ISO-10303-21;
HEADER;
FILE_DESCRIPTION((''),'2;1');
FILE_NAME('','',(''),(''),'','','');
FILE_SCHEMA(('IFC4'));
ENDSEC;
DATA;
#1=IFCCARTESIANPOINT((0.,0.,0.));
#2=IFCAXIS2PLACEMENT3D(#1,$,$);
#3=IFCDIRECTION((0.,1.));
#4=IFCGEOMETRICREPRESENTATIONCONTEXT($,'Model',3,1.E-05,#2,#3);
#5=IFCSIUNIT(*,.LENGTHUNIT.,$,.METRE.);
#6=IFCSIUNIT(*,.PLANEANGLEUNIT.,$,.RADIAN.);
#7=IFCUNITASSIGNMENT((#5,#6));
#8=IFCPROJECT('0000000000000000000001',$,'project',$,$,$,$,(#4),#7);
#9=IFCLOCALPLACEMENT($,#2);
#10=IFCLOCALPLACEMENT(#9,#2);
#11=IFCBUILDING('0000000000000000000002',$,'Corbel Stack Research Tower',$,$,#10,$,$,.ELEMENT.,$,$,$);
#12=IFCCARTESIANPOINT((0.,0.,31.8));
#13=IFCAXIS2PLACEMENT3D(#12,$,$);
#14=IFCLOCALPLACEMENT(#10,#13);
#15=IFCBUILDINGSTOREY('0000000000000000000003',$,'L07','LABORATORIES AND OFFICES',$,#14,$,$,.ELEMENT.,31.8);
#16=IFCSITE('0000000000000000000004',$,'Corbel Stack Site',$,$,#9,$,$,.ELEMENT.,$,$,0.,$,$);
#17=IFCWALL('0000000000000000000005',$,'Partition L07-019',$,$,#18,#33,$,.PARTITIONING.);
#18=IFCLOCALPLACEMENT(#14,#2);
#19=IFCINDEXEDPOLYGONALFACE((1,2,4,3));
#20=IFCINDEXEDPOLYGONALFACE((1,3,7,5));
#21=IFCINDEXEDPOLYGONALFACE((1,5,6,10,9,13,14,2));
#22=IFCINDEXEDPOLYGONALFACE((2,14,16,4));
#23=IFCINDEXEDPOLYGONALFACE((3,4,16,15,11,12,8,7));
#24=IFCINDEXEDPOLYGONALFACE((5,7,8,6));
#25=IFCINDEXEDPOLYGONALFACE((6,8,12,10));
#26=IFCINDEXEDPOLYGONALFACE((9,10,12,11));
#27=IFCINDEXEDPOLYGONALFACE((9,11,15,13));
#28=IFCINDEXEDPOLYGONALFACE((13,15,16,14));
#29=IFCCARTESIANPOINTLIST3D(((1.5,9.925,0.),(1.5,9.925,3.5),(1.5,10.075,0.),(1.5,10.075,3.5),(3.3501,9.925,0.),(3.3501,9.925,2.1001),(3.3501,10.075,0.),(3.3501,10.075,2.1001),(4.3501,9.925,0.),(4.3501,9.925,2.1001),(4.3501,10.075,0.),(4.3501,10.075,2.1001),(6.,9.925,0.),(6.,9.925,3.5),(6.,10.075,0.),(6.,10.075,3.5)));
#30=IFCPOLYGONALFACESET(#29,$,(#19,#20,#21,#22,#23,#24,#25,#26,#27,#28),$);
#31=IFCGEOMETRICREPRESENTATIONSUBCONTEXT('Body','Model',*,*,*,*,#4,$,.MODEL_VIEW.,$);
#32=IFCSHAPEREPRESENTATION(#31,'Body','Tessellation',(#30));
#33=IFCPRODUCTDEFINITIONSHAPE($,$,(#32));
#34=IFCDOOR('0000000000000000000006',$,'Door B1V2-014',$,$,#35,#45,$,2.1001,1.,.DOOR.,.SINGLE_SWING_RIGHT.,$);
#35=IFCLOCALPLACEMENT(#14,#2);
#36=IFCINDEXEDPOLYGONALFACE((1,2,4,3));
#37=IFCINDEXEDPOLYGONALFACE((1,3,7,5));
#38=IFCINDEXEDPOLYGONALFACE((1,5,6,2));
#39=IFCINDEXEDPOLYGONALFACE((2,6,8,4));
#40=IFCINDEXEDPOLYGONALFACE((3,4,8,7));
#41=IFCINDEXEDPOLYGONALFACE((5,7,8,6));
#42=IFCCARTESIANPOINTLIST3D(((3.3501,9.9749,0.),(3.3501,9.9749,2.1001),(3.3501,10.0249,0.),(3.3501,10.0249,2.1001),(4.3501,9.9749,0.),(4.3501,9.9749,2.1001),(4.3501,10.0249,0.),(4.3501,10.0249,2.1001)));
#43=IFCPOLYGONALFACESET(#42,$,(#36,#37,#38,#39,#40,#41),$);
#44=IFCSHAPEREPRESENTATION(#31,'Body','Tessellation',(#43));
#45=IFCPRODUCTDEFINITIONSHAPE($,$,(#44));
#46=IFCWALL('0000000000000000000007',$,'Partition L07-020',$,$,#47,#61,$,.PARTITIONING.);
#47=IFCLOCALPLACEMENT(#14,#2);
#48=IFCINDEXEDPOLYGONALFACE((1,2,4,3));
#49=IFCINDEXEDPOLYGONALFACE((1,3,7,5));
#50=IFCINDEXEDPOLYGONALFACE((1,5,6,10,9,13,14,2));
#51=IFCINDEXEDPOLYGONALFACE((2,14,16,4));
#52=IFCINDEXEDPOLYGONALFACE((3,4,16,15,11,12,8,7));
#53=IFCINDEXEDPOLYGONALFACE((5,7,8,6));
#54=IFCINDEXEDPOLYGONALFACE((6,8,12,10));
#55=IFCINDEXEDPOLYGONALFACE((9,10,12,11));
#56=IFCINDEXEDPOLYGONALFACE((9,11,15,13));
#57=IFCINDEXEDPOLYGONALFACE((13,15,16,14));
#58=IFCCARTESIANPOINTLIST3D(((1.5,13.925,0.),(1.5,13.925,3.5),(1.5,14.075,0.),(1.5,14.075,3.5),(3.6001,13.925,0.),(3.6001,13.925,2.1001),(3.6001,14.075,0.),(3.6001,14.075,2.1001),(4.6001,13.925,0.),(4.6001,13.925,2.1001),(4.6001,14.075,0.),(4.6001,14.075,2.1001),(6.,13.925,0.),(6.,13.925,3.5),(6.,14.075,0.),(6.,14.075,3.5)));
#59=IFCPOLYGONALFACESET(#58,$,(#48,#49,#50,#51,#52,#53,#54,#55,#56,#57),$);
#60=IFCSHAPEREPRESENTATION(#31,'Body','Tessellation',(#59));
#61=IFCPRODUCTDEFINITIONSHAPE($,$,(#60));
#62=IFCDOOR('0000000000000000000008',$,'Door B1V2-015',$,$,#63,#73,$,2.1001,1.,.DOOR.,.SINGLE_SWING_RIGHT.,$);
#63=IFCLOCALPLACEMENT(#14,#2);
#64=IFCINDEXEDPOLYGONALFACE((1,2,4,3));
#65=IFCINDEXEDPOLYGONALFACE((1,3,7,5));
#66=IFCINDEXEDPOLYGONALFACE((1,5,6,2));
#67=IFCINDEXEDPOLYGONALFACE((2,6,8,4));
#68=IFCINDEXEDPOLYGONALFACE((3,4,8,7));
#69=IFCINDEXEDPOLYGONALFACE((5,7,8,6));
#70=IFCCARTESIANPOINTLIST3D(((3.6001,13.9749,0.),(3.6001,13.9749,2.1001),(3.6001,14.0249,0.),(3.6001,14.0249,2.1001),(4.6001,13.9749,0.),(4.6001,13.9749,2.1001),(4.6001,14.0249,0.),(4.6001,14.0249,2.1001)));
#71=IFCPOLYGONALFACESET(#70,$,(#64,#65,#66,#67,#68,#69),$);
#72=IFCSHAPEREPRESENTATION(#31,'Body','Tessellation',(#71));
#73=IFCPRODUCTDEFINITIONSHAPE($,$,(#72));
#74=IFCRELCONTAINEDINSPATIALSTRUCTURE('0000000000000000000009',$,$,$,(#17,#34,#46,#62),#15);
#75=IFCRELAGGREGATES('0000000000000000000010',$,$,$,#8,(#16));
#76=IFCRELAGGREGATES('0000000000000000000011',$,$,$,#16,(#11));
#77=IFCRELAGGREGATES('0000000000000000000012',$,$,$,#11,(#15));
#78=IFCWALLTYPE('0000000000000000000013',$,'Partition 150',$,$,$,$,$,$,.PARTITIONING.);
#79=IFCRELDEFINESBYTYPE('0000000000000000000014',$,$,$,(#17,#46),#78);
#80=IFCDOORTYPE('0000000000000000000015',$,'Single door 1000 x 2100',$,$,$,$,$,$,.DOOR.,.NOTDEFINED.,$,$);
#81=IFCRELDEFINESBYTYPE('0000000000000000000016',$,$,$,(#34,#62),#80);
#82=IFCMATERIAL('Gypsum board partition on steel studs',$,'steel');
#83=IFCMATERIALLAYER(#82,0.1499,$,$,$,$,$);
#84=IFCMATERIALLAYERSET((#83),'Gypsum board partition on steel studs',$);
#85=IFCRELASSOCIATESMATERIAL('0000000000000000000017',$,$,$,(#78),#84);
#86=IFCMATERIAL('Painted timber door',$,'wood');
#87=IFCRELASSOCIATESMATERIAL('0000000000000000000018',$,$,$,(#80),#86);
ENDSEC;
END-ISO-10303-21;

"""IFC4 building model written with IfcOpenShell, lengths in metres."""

from ifc_helpers import new_model, si_unit, direction, frame, frame_2d, origin, place, context, subcontext, project, spatial, rectangle, extrude, material, layer, layer_set, type_object, element, fill, save


model = new_model("IFC4")

# Units and contexts
model_context = context("Model", 3, precision=1e-05, world=origin(), true_north=direction((0.0, 1.0)))
body_context = subcontext(model_context, "Body", "Model", "MODEL_VIEW")
ifc_project = project(units=[si_unit("LENGTHUNIT", "METRE"), si_unit("PLANEANGLEUNIT", "RADIAN")], contexts=[model_context])

# Site, building, storey
site_placement = place(None, origin())
site = spatial("IfcSite", under=ifc_project, at=site_placement, Name="Corbel Stack Site", CompositionType="ELEMENT", RefElevation=0.0)
building_placement = place(site_placement, origin())
building = spatial("IfcBuilding", under=site, at=building_placement, Name="Corbel Stack Research Tower", CompositionType="ELEMENT")
storey_placement = place(building_placement, frame((0.0, 0.0, 31.8)))
storey = spatial("IfcBuildingStorey", under=building, at=storey_placement, Name="L07", Description="LABORATORIES AND OFFICES", CompositionType="ELEMENT", Elevation=31.8)

# Walls, openings, doors
ifc_material_1 = material(Name="Gypsum board partition on steel studs", Category="steel")
ifc_layer_1 = layer(ifc_material_1, 0.1499)
ifc_layer_set_1 = layer_set([ifc_layer_1], Name="Gypsum board partition on steel studs")
wall_type_1 = type_object("IfcWallType", Name="Partition 150", PredefinedType="PARTITIONING", material=ifc_layer_set_1)
wall_1_placement = place(storey_placement, frame((1.5, 10.0, 0.0), z_axis=(0.0, 0.0, 1.0), x_axis=(1.0, 0.0, 0.0)))
wall_1 = element("IfcWall", 1, at=wall_1_placement, inside=storey, type_object=wall_type_1, Name="Partition L07-019", PredefinedType="PARTITIONING", context=body_context, shape_type="SweptSolid", body=[
    extrude(rectangle(XDim=4.5, YDim=0.1499, at=frame_2d((2.25, 0.0))), origin(), (0.0, 0.0, 1.0), 3.5),
])
opening_1_placement = place(wall_1_placement, frame((1.8501, 0.0, 0.0)))
opening_1 = element("IfcOpeningElement", 2, at=opening_1_placement, cuts=wall_1, PredefinedType="OPENING", context=body_context, shape_type="SweptSolid", body=[
    extrude(rectangle(XDim=1.0, YDim=2.1001, at=frame_2d((0.5, 1.05))), frame((0.0, 0.085, 0.0), z_axis=(0.0, -1.0, 0.0), x_axis=(1.0, 0.0, 0.0)), (0.0, 0.0, 1.0), 0.1699),
])
ifc_material_2 = material(Name="Painted timber door", Category="wood")
door_type_1 = type_object("IfcDoorType", Name="Single door 1000 x 2100", OperationType="NOTDEFINED", PredefinedType="DOOR", material=ifc_material_2)
door_1_placement = place(opening_1_placement, origin())
door_1 = element("IfcDoor", 3, at=door_1_placement, inside=storey, type_object=door_type_1, Name="Door B1V2-014", OperationType="SINGLE_SWING_RIGHT", OverallHeight=2.1001, OverallWidth=1.0, PredefinedType="DOOR", context=body_context, shape_type="SweptSolid", body=[
    extrude(rectangle(XDim=1.0, YDim=2.1001, at=frame_2d((0.5, 1.05))), frame((0.0, 0.0249, 0.0), z_axis=(0.0, -1.0, 0.0), x_axis=(1.0, 0.0, 0.0)), (0.0, 0.0, 1.0), 0.05),
])
fill(opening_1, door_1)
wall_2_placement = place(storey_placement, frame((1.5, 14.0, 0.0), z_axis=(0.0, 0.0, 1.0), x_axis=(1.0, 0.0, 0.0)))
wall_2 = element("IfcWall", 4, at=wall_2_placement, inside=storey, type_object=wall_type_1, Name="Partition L07-020", PredefinedType="PARTITIONING", context=body_context, shape_type="SweptSolid", body=[
    extrude(rectangle(XDim=4.5, YDim=0.1499, at=frame_2d((2.25, 0.0))), origin(), (0.0, 0.0, 1.0), 3.5),
])
opening_2_placement = place(wall_2_placement, frame((2.1001, 0.0, 0.0)))
opening_2 = element("IfcOpeningElement", 5, at=opening_2_placement, cuts=wall_2, PredefinedType="OPENING", context=body_context, shape_type="SweptSolid", body=[
    extrude(rectangle(XDim=1.0, YDim=2.1001, at=frame_2d((0.5, 1.05))), frame((0.0, 0.085, 0.0), z_axis=(0.0, -1.0, 0.0), x_axis=(1.0, 0.0, 0.0)), (0.0, 0.0, 1.0), 0.1699),
])
door_2_placement = place(opening_2_placement, origin())
door_2 = element("IfcDoor", 6, at=door_2_placement, inside=storey, type_object=door_type_1, Name="Door B1V2-015", OperationType="SINGLE_SWING_RIGHT", OverallHeight=2.1001, OverallWidth=1.0, PredefinedType="DOOR", context=body_context, shape_type="SweptSolid", body=[
    extrude(rectangle(XDim=1.0, YDim=2.1001, at=frame_2d((0.5, 1.05))), frame((0.0, 0.0249, 0.0), z_axis=(0.0, -1.0, 0.0), x_axis=(1.0, 0.0, 0.0)), (0.0, 0.0, 1.0), 0.05),
])
fill(opening_2, door_2)

save(model, "model.ifc")
